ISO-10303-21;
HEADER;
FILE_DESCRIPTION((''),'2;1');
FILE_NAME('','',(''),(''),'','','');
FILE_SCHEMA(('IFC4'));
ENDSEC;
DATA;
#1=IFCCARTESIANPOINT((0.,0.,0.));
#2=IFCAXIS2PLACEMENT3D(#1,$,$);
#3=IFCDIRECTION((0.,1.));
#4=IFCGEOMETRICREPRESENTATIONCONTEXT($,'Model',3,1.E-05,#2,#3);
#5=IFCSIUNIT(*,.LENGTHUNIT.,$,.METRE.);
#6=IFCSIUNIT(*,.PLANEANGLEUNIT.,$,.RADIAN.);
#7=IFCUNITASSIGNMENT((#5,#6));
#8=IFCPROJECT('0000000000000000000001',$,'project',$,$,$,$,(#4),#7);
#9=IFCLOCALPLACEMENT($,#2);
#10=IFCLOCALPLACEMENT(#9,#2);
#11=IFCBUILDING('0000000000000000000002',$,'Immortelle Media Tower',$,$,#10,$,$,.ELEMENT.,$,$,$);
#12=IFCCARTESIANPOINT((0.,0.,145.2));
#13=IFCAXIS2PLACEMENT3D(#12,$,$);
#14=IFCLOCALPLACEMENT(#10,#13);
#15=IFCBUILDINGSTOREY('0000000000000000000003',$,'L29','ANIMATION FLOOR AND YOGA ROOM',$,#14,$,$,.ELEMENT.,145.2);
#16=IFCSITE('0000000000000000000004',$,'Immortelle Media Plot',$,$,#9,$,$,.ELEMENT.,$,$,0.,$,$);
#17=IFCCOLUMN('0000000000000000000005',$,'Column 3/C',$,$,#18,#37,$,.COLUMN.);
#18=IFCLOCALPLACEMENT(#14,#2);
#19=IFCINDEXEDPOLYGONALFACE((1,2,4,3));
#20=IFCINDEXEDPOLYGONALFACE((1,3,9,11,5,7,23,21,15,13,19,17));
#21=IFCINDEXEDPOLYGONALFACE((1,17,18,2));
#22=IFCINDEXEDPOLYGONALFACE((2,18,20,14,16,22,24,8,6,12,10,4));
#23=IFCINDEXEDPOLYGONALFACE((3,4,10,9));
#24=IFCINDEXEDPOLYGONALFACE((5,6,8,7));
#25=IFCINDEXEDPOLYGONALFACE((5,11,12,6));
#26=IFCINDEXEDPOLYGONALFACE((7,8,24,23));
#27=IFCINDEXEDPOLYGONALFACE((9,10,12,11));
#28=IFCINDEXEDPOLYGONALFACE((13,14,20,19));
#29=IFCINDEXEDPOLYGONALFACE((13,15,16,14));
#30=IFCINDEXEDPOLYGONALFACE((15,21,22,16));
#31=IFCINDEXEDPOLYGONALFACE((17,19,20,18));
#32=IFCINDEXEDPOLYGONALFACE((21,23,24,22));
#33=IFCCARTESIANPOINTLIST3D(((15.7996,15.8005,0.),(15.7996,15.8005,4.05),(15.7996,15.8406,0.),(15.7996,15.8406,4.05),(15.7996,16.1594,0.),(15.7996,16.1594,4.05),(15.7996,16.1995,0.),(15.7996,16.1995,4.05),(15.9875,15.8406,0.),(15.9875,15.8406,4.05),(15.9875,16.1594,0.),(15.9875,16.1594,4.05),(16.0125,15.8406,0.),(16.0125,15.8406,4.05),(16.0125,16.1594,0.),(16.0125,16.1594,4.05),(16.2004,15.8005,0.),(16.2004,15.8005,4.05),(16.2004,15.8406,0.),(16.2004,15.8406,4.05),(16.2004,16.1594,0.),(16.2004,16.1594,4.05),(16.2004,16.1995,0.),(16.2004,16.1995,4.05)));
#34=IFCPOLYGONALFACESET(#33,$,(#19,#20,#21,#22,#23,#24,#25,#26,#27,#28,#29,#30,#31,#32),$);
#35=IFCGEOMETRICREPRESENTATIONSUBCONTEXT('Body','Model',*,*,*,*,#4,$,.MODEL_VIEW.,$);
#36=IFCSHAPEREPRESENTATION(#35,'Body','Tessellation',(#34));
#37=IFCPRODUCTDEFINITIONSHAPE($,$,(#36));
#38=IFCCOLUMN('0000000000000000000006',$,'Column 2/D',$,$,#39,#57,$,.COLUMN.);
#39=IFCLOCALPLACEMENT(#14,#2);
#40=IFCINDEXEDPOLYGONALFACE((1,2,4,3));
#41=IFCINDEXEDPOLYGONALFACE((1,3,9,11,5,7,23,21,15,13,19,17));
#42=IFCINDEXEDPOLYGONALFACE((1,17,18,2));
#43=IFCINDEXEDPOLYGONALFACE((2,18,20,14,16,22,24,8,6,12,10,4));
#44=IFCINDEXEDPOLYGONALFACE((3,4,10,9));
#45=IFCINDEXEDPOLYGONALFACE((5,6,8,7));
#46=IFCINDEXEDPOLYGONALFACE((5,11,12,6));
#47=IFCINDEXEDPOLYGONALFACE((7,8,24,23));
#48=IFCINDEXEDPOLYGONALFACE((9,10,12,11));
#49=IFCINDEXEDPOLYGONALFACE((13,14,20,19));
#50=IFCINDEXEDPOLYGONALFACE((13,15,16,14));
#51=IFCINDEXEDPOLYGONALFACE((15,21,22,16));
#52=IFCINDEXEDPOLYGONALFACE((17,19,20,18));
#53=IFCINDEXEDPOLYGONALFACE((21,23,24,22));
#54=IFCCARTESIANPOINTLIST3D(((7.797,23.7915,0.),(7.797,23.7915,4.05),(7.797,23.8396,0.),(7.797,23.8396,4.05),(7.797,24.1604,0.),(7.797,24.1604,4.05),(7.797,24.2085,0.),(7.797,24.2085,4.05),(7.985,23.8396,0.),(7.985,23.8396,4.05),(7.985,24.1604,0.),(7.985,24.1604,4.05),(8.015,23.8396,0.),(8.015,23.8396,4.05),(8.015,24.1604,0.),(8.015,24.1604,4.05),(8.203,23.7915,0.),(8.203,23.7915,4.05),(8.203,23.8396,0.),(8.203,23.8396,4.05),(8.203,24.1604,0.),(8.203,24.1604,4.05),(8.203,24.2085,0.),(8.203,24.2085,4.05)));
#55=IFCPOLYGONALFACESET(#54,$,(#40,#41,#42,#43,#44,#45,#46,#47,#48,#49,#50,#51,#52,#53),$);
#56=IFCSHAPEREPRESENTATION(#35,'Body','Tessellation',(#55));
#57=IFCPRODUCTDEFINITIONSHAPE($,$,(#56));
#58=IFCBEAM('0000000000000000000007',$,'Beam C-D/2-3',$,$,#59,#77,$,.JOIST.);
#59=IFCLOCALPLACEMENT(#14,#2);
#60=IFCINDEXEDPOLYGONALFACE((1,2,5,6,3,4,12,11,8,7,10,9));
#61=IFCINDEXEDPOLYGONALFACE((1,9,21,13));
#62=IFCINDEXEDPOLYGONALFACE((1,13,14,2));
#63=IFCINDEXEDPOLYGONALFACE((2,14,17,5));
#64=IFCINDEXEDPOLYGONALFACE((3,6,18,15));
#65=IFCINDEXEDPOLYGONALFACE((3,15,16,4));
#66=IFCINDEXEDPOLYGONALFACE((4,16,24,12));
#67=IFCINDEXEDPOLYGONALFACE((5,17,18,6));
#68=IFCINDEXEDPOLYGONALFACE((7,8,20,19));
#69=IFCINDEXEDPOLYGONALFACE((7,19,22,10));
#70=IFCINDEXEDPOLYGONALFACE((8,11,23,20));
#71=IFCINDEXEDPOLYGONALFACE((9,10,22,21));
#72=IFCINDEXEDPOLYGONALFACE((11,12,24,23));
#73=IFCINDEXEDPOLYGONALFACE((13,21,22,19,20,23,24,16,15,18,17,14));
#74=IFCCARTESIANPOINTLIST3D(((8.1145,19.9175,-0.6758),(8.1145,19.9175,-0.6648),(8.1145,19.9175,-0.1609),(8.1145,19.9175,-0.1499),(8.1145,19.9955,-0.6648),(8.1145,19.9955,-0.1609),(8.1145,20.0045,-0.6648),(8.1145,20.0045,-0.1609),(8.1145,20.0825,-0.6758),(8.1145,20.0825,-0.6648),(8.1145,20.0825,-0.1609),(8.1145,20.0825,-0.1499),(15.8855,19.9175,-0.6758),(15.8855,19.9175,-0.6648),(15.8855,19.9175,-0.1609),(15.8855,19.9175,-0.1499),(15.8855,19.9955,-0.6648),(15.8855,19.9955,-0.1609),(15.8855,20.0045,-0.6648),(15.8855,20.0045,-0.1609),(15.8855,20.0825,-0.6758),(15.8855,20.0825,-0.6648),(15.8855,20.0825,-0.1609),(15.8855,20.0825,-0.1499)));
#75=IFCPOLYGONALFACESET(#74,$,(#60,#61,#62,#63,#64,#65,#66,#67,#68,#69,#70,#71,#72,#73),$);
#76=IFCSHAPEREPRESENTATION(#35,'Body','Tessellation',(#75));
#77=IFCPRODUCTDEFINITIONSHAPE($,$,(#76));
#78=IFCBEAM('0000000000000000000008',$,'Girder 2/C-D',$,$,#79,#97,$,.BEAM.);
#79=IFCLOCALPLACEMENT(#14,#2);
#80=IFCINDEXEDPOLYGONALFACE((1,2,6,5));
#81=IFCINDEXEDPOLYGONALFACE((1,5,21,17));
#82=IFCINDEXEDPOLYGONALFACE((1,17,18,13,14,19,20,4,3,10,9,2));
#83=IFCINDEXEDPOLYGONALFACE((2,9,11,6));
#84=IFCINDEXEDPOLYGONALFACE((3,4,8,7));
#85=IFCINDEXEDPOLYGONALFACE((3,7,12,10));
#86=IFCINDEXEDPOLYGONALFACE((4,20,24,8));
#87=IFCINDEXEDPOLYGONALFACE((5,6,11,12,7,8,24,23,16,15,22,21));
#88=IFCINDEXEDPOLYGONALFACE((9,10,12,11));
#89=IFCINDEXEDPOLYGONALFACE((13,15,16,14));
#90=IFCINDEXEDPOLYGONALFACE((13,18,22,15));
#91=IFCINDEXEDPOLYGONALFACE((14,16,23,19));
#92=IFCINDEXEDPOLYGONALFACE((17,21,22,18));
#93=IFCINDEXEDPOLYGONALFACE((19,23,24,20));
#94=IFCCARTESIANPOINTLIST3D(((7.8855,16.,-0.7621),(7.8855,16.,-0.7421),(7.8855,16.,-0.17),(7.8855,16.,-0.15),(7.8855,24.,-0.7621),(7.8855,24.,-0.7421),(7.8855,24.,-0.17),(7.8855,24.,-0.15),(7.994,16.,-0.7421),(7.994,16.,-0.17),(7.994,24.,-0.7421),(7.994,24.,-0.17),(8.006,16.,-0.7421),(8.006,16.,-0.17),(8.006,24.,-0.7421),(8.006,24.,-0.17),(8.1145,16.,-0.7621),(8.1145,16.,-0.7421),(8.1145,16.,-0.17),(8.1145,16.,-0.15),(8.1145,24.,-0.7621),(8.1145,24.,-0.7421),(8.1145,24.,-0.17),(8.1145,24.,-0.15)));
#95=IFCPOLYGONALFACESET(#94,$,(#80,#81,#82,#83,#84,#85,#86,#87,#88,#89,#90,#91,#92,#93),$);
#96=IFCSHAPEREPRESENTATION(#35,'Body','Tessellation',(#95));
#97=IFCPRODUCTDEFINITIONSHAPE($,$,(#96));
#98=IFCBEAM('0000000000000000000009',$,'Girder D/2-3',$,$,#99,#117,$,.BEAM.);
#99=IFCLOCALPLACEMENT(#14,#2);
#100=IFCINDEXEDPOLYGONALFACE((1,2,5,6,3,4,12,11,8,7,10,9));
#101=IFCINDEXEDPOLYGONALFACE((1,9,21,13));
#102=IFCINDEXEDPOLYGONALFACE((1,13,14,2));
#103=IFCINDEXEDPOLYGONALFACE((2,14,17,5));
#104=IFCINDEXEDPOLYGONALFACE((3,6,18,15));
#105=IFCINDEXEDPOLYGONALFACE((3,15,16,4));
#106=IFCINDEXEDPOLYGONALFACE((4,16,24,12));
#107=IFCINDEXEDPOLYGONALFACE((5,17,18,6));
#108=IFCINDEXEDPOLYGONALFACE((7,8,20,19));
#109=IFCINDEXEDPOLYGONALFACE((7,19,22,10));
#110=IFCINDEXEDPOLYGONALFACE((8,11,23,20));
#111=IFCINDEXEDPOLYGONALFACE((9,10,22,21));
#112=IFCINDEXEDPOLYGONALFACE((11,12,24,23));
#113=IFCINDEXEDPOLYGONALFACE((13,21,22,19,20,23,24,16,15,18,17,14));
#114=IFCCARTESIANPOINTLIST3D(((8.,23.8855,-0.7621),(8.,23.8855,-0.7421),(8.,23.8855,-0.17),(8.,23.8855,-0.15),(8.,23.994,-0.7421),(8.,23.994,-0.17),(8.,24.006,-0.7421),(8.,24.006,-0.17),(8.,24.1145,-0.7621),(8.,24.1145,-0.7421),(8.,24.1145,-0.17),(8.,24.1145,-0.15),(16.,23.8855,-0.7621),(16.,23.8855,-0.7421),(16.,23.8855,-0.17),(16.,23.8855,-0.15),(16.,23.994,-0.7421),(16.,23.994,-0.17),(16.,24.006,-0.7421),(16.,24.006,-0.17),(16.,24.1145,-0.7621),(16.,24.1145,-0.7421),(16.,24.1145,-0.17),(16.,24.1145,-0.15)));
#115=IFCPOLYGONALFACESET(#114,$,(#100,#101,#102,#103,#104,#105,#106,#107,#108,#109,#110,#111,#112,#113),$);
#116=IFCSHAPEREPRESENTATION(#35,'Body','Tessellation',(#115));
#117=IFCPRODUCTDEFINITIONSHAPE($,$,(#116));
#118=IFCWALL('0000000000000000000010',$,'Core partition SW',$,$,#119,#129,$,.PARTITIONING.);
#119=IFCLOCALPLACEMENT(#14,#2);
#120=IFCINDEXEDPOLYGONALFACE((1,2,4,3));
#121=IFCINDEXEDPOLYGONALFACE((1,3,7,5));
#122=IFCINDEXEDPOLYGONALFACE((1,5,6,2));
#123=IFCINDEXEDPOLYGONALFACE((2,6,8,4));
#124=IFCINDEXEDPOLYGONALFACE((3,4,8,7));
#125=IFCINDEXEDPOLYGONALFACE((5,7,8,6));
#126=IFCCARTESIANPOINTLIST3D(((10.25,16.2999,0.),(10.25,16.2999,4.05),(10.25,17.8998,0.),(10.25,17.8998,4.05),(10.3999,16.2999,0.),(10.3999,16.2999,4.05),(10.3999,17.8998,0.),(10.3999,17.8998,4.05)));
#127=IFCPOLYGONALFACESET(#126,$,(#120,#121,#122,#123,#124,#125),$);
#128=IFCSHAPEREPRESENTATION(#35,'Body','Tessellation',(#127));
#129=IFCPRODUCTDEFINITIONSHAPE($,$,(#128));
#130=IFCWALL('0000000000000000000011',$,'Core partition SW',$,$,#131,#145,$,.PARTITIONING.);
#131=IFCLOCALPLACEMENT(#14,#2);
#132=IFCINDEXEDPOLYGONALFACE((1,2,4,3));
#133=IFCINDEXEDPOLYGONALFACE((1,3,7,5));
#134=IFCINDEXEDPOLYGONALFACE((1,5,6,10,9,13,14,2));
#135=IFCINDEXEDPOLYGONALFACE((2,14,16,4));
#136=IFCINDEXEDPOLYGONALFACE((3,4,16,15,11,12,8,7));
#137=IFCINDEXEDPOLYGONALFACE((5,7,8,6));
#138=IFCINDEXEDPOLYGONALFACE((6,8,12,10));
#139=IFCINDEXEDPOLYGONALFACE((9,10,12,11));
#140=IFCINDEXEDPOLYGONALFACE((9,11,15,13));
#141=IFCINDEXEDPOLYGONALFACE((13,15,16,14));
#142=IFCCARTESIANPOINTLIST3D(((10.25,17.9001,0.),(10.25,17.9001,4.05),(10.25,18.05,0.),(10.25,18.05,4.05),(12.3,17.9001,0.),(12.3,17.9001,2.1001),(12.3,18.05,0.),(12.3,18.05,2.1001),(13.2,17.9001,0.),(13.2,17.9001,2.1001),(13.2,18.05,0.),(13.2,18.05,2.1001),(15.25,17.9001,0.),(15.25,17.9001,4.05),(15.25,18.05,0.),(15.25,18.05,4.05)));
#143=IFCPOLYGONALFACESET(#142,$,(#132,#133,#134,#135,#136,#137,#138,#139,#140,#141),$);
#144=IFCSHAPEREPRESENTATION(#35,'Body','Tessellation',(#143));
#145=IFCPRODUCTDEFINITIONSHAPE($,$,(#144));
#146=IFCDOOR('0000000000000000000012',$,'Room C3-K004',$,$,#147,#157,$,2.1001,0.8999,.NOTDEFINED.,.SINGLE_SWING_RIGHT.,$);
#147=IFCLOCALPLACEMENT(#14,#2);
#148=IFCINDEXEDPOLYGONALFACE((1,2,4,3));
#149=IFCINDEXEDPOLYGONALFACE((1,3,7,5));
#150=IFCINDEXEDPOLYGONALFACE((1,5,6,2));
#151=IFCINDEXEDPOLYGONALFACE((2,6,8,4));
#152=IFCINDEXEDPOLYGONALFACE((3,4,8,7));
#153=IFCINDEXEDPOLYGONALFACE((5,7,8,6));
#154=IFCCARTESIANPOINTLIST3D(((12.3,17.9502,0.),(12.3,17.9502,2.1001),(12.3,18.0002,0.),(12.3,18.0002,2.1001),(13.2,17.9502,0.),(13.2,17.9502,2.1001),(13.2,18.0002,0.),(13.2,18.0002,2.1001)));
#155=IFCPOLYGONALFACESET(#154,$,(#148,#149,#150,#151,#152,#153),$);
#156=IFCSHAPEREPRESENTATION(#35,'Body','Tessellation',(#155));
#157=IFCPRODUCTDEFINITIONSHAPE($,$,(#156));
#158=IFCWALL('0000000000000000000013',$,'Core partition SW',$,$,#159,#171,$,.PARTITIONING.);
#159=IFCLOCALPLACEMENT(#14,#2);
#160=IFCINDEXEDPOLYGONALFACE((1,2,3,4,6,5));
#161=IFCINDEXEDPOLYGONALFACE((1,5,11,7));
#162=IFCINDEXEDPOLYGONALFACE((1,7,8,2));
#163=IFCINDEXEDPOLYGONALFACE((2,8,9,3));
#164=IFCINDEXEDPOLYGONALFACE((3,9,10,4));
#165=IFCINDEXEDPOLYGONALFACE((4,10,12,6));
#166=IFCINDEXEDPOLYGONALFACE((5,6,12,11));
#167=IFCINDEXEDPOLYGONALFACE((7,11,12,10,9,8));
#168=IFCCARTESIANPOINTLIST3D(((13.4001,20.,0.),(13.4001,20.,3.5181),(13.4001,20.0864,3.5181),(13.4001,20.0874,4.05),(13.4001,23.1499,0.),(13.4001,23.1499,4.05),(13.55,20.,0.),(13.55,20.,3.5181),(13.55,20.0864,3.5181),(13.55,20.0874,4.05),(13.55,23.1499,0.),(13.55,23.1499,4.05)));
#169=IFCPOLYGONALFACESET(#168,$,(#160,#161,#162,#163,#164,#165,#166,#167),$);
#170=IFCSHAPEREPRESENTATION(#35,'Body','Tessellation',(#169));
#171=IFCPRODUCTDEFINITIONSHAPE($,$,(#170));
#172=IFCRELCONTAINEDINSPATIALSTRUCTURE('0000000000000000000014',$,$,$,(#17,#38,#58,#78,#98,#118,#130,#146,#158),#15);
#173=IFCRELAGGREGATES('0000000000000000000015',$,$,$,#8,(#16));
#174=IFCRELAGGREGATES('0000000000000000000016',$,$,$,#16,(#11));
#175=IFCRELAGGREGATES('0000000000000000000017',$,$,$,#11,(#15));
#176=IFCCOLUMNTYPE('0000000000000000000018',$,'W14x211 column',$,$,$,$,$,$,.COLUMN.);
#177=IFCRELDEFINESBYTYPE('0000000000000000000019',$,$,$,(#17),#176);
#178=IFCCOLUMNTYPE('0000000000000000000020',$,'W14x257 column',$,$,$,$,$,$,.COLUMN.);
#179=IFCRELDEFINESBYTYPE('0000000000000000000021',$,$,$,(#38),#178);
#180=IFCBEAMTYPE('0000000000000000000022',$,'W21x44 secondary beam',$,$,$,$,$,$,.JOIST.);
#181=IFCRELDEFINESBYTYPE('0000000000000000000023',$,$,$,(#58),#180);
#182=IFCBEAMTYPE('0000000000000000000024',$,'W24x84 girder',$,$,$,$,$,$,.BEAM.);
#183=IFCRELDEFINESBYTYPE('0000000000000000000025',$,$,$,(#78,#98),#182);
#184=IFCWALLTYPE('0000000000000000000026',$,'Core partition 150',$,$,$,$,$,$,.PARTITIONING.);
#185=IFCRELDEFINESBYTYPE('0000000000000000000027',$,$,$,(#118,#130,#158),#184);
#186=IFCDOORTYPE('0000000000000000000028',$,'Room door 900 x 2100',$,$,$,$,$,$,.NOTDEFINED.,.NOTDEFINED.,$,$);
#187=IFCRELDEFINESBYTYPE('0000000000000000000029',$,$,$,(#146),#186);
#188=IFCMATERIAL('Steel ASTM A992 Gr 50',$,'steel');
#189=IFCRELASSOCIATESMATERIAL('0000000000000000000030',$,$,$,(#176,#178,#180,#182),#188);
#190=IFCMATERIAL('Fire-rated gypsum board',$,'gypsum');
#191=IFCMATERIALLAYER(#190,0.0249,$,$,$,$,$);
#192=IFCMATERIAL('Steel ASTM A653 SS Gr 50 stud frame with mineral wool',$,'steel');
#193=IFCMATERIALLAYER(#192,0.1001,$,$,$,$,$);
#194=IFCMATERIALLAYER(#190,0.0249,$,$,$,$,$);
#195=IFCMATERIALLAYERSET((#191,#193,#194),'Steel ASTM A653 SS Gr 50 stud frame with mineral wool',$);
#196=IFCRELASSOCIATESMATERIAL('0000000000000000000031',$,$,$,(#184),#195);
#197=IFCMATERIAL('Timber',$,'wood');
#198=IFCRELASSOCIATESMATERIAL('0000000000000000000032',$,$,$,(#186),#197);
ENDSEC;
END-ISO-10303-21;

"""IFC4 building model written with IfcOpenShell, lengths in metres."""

from ifc_helpers import new_model, si_unit, direction, frame, frame_2d, origin, origin_2d, place, context, subcontext, project, spatial, polyline, rectangle, i_section, outline, extrude, material, layer, layer_set, material_profile, profile_set, type_object, element, fill, save


model = new_model("IFC4")

# Units and contexts
model_context = context("Model", 3, precision=1e-05, world=origin(), true_north=direction((0.0, 1.0)))
body_context = subcontext(model_context, "Body", "Model", "MODEL_VIEW")
ifc_project = project(units=[si_unit("LENGTHUNIT", "METRE"), si_unit("PLANEANGLEUNIT", "RADIAN")], contexts=[model_context])

# Site, building, storey
site_placement = place(None, origin())
site = spatial("IfcSite", under=ifc_project, at=site_placement, Name="Immortelle Media Plot", CompositionType="ELEMENT", RefElevation=0.0)
building_placement = place(site_placement, origin())
building = spatial("IfcBuilding", under=site, at=building_placement, Name="Immortelle Media Tower", CompositionType="ELEMENT")
storey_placement = place(building_placement, frame((0.0, 0.0, 145.2)))
storey = spatial("IfcBuildingStorey", under=building, at=storey_placement, Name="L29", Description="ANIMATION FLOOR AND YOGA ROOM", CompositionType="ELEMENT", Elevation=145.2)

# Columns
ifc_material_1 = material(Name="Steel ASTM A992 Gr 50", Category="steel")
ifc_material_profile_1 = material_profile(ifc_material_1, i_section(OverallWidth=0.4009, OverallDepth=0.3989, WebThickness=0.0249, FlangeThickness=0.04, at=origin_2d()), Name="W14x211")
ifc_profile_set_1 = profile_set([ifc_material_profile_1], Name="Steel ASTM A992 Gr 50")
column_type_1 = type_object("IfcColumnType", Name="W14x211 column", PredefinedType="COLUMN", material=ifc_profile_set_1)
column_1_placement = place(storey_placement, frame((16.0, 16.0, 0.0), z_axis=(0.0, 0.0, 1.0), x_axis=(1.0, 0.0, 0.0)))
element("IfcColumn", 1, at=column_1_placement, inside=storey, type_object=column_type_1, Name="Column 3/C", PredefinedType="COLUMN", context=body_context, shape_type="SweptSolid", body=[
    extrude(i_section(OverallWidth=0.4009, OverallDepth=0.3989, WebThickness=0.0249, FlangeThickness=0.04, at=origin_2d()), origin(), (0.0, 0.0, 1.0), 4.05),
])
ifc_material_profile_2 = material_profile(ifc_material_1, i_section(OverallWidth=0.406, OverallDepth=0.417, WebThickness=0.03, FlangeThickness=0.0481, at=origin_2d()), Name="W14x257")
ifc_profile_set_2 = profile_set([ifc_material_profile_2], Name="Steel ASTM A992 Gr 50")
column_type_2 = type_object("IfcColumnType", Name="W14x257 column", PredefinedType="COLUMN", material=ifc_profile_set_2)
column_2_placement = place(storey_placement, frame((8.0, 24.0, 0.0), z_axis=(0.0, 0.0, 1.0), x_axis=(1.0, 0.0, 0.0)))
element("IfcColumn", 2, at=column_2_placement, inside=storey, type_object=column_type_2, Name="Column 2/D", PredefinedType="COLUMN", context=body_context, shape_type="SweptSolid", body=[
    extrude(i_section(OverallWidth=0.406, OverallDepth=0.417, WebThickness=0.03, FlangeThickness=0.0481, at=origin_2d()), origin(), (0.0, 0.0, 1.0), 4.05),
])

# Beams
ifc_material_profile_3 = material_profile(ifc_material_1, i_section(OverallWidth=0.165, OverallDepth=0.5259, WebThickness=0.009, FlangeThickness=0.011, at=origin_2d()), Name="W21x44")
ifc_profile_set_3 = profile_set([ifc_material_profile_3], Name="Steel ASTM A992 Gr 50")
beam_type_1 = type_object("IfcBeamType", Name="W21x44 secondary beam", PredefinedType="JOIST", material=ifc_profile_set_3)
beam_placement = place(storey_placement, frame((8.1145, 20.0, -0.4128), z_axis=(1.0, 0.0, 0.0), x_axis=(0.0, 1.0, 0.0)))
element("IfcBeam", 3, at=beam_placement, inside=storey, type_object=beam_type_1, Name="Beam C-D/2-3", PredefinedType="JOIST", context=body_context, shape_type="SweptSolid", body=[
    extrude(i_section(OverallWidth=0.165, OverallDepth=0.5259, WebThickness=0.009, FlangeThickness=0.011, at=origin_2d()), origin(), (0.0, 0.0, 1.0), 7.771),
])
ifc_material_profile_4 = material_profile(ifc_material_1, i_section(OverallWidth=0.229, OverallDepth=0.6121, WebThickness=0.012, FlangeThickness=0.02, at=origin_2d()), Name="W24x84")
ifc_profile_set_4 = profile_set([ifc_material_profile_4], Name="Steel ASTM A992 Gr 50")
beam_type_2 = type_object("IfcBeamType", Name="W24x84 girder", PredefinedType="BEAM", material=ifc_profile_set_4)
for number, where, z_axis, x_axis, name in (
    (4, (8.0, 16.0, -0.4561), (0.0, 1.0, 0.0), (-1.0, 0.0, 0.0), "Girder 2/C-D"),
    (5, (8.0, 24.0, -0.4561), (1.0, 0.0, 0.0), (0.0, 1.0, 0.0), "Girder D/2-3"),
):
    element("IfcBeam", number, at=place(storey_placement, frame(where, z_axis=z_axis, x_axis=x_axis)), inside=storey, type_object=beam_type_2, Name=name, PredefinedType="BEAM", context=body_context, shape_type="SweptSolid", body=[
        extrude(i_section(OverallWidth=0.229, OverallDepth=0.6121, WebThickness=0.012, FlangeThickness=0.02, at=origin_2d()), origin(), (0.0, 0.0, 1.0), 8.0),
    ])

# Wall
ifc_material_2 = material(Name="Fire-rated gypsum board", Category="gypsum")
ifc_layer_1 = layer(ifc_material_2, 0.0249)
ifc_material_3 = material(Name="Steel ASTM A653 SS Gr 50 stud frame with mineral wool", Category="steel")
ifc_layer_2 = layer(ifc_material_3, 0.1001)
ifc_layer_3 = layer(ifc_material_2, 0.0249)
ifc_layer_set_1 = layer_set([ifc_layer_1, ifc_layer_2, ifc_layer_3], Name="Steel ASTM A653 SS Gr 50 stud frame with mineral wool")
wall_type_1 = type_object("IfcWallType", Name="Core partition 150", PredefinedType="PARTITIONING", material=ifc_layer_set_1)
wall_1_placement = place(storey_placement, frame((10.325, 16.3, 0.0), z_axis=(0.0, 0.0, 1.0), x_axis=(0.0, 1.0, 0.0)))
element("IfcWall", 6, at=wall_1_placement, inside=storey, type_object=wall_type_1, Name="Core partition SW", PredefinedType="PARTITIONING", context=body_context, shape_type="SweptSolid", body=[
    extrude(rectangle(XDim=1.5999, YDim=0.1499, at=frame_2d((0.7998, 0.0))), origin(), (0.0, 0.0, 1.0), 4.05),
])

# Wall, opening, door
wall_2_placement = place(storey_placement, frame((10.25, 17.9751, 0.0), z_axis=(0.0, 0.0, 1.0), x_axis=(1.0, 0.0, 0.0)))
wall_2 = element("IfcWall", 7, at=wall_2_placement, inside=storey, type_object=wall_type_1, Name="Core partition SW", PredefinedType="PARTITIONING", context=body_context, shape_type="SweptSolid", body=[
    extrude(rectangle(XDim=5.0, YDim=0.1499, at=frame_2d((2.5, 0.0))), origin(), (0.0, 0.0, 1.0), 4.05),
])
opening_1_placement = place(wall_2_placement, frame((2.95, 0.0, 0.0), z_axis=(0.0, 0.0, 1.0), x_axis=(-1.0, 0.0, 0.0)))
opening_1 = element("IfcOpeningElement", 8, at=opening_1_placement, cuts=wall_2, PredefinedType="OPENING", context=body_context, shape_type="SweptSolid", body=[
    extrude(rectangle(XDim=0.8999, YDim=2.1001, at=frame_2d((0.45, 1.05))), frame((0.0, 0.085, 0.0), z_axis=(0.0, -1.0, 0.0), x_axis=(1.0, 0.0, 0.0)), (0.0, 0.0, 1.0), 0.1699),
])
ifc_material_4 = material(Name="Timber", Category="wood")
door_type_1 = type_object("IfcDoorType", Name="Room door 900 x 2100", OperationType="NOTDEFINED", PredefinedType="NOTDEFINED", material=ifc_material_4)
door_1_placement = place(opening_1_placement, origin())
door_1 = element("IfcDoor", 9, at=door_1_placement, inside=storey, type_object=door_type_1, Name="Room C3-K004", OperationType="SINGLE_SWING_RIGHT", OverallHeight=2.1001, OverallWidth=0.8999, PredefinedType="NOTDEFINED", context=body_context, shape_type="SweptSolid", body=[
    extrude(rectangle(XDim=0.8999, YDim=2.1001, at=frame_2d((0.45, 1.05))), frame((0.0, 0.0249, 0.0), z_axis=(0.0, -1.0, 0.0), x_axis=(1.0, 0.0, 0.0)), (0.0, 0.0, 1.0), 0.05),
])
fill(opening_1, door_1)

# Wall
wall_3_placement = place(storey_placement, frame((13.4751, 20.0, 0.0), z_axis=(0.0, 0.0, 1.0), x_axis=(0.0, 1.0, 0.0)))
element("IfcWall", 10, at=wall_3_placement, inside=storey, type_object=wall_type_1, Name="Core partition SW", PredefinedType="PARTITIONING", context=body_context, shape_type="SweptSolid", body=[
    extrude(outline(polyline([(0.0, 0.0), (3.1499, 0.0), (3.1499, 4.05), (0.0874, 4.05), (0.0864, 3.5181), (0.0, 3.5181), (0.0, 0.0)])), frame((0.0, 0.075, 0.0), z_axis=(0.0, -1.0, 0.0), x_axis=(1.0, 0.0, 0.0)), (0.0, 0.0, 1.0), 0.1499),
])

save(model, "model.ifc")
